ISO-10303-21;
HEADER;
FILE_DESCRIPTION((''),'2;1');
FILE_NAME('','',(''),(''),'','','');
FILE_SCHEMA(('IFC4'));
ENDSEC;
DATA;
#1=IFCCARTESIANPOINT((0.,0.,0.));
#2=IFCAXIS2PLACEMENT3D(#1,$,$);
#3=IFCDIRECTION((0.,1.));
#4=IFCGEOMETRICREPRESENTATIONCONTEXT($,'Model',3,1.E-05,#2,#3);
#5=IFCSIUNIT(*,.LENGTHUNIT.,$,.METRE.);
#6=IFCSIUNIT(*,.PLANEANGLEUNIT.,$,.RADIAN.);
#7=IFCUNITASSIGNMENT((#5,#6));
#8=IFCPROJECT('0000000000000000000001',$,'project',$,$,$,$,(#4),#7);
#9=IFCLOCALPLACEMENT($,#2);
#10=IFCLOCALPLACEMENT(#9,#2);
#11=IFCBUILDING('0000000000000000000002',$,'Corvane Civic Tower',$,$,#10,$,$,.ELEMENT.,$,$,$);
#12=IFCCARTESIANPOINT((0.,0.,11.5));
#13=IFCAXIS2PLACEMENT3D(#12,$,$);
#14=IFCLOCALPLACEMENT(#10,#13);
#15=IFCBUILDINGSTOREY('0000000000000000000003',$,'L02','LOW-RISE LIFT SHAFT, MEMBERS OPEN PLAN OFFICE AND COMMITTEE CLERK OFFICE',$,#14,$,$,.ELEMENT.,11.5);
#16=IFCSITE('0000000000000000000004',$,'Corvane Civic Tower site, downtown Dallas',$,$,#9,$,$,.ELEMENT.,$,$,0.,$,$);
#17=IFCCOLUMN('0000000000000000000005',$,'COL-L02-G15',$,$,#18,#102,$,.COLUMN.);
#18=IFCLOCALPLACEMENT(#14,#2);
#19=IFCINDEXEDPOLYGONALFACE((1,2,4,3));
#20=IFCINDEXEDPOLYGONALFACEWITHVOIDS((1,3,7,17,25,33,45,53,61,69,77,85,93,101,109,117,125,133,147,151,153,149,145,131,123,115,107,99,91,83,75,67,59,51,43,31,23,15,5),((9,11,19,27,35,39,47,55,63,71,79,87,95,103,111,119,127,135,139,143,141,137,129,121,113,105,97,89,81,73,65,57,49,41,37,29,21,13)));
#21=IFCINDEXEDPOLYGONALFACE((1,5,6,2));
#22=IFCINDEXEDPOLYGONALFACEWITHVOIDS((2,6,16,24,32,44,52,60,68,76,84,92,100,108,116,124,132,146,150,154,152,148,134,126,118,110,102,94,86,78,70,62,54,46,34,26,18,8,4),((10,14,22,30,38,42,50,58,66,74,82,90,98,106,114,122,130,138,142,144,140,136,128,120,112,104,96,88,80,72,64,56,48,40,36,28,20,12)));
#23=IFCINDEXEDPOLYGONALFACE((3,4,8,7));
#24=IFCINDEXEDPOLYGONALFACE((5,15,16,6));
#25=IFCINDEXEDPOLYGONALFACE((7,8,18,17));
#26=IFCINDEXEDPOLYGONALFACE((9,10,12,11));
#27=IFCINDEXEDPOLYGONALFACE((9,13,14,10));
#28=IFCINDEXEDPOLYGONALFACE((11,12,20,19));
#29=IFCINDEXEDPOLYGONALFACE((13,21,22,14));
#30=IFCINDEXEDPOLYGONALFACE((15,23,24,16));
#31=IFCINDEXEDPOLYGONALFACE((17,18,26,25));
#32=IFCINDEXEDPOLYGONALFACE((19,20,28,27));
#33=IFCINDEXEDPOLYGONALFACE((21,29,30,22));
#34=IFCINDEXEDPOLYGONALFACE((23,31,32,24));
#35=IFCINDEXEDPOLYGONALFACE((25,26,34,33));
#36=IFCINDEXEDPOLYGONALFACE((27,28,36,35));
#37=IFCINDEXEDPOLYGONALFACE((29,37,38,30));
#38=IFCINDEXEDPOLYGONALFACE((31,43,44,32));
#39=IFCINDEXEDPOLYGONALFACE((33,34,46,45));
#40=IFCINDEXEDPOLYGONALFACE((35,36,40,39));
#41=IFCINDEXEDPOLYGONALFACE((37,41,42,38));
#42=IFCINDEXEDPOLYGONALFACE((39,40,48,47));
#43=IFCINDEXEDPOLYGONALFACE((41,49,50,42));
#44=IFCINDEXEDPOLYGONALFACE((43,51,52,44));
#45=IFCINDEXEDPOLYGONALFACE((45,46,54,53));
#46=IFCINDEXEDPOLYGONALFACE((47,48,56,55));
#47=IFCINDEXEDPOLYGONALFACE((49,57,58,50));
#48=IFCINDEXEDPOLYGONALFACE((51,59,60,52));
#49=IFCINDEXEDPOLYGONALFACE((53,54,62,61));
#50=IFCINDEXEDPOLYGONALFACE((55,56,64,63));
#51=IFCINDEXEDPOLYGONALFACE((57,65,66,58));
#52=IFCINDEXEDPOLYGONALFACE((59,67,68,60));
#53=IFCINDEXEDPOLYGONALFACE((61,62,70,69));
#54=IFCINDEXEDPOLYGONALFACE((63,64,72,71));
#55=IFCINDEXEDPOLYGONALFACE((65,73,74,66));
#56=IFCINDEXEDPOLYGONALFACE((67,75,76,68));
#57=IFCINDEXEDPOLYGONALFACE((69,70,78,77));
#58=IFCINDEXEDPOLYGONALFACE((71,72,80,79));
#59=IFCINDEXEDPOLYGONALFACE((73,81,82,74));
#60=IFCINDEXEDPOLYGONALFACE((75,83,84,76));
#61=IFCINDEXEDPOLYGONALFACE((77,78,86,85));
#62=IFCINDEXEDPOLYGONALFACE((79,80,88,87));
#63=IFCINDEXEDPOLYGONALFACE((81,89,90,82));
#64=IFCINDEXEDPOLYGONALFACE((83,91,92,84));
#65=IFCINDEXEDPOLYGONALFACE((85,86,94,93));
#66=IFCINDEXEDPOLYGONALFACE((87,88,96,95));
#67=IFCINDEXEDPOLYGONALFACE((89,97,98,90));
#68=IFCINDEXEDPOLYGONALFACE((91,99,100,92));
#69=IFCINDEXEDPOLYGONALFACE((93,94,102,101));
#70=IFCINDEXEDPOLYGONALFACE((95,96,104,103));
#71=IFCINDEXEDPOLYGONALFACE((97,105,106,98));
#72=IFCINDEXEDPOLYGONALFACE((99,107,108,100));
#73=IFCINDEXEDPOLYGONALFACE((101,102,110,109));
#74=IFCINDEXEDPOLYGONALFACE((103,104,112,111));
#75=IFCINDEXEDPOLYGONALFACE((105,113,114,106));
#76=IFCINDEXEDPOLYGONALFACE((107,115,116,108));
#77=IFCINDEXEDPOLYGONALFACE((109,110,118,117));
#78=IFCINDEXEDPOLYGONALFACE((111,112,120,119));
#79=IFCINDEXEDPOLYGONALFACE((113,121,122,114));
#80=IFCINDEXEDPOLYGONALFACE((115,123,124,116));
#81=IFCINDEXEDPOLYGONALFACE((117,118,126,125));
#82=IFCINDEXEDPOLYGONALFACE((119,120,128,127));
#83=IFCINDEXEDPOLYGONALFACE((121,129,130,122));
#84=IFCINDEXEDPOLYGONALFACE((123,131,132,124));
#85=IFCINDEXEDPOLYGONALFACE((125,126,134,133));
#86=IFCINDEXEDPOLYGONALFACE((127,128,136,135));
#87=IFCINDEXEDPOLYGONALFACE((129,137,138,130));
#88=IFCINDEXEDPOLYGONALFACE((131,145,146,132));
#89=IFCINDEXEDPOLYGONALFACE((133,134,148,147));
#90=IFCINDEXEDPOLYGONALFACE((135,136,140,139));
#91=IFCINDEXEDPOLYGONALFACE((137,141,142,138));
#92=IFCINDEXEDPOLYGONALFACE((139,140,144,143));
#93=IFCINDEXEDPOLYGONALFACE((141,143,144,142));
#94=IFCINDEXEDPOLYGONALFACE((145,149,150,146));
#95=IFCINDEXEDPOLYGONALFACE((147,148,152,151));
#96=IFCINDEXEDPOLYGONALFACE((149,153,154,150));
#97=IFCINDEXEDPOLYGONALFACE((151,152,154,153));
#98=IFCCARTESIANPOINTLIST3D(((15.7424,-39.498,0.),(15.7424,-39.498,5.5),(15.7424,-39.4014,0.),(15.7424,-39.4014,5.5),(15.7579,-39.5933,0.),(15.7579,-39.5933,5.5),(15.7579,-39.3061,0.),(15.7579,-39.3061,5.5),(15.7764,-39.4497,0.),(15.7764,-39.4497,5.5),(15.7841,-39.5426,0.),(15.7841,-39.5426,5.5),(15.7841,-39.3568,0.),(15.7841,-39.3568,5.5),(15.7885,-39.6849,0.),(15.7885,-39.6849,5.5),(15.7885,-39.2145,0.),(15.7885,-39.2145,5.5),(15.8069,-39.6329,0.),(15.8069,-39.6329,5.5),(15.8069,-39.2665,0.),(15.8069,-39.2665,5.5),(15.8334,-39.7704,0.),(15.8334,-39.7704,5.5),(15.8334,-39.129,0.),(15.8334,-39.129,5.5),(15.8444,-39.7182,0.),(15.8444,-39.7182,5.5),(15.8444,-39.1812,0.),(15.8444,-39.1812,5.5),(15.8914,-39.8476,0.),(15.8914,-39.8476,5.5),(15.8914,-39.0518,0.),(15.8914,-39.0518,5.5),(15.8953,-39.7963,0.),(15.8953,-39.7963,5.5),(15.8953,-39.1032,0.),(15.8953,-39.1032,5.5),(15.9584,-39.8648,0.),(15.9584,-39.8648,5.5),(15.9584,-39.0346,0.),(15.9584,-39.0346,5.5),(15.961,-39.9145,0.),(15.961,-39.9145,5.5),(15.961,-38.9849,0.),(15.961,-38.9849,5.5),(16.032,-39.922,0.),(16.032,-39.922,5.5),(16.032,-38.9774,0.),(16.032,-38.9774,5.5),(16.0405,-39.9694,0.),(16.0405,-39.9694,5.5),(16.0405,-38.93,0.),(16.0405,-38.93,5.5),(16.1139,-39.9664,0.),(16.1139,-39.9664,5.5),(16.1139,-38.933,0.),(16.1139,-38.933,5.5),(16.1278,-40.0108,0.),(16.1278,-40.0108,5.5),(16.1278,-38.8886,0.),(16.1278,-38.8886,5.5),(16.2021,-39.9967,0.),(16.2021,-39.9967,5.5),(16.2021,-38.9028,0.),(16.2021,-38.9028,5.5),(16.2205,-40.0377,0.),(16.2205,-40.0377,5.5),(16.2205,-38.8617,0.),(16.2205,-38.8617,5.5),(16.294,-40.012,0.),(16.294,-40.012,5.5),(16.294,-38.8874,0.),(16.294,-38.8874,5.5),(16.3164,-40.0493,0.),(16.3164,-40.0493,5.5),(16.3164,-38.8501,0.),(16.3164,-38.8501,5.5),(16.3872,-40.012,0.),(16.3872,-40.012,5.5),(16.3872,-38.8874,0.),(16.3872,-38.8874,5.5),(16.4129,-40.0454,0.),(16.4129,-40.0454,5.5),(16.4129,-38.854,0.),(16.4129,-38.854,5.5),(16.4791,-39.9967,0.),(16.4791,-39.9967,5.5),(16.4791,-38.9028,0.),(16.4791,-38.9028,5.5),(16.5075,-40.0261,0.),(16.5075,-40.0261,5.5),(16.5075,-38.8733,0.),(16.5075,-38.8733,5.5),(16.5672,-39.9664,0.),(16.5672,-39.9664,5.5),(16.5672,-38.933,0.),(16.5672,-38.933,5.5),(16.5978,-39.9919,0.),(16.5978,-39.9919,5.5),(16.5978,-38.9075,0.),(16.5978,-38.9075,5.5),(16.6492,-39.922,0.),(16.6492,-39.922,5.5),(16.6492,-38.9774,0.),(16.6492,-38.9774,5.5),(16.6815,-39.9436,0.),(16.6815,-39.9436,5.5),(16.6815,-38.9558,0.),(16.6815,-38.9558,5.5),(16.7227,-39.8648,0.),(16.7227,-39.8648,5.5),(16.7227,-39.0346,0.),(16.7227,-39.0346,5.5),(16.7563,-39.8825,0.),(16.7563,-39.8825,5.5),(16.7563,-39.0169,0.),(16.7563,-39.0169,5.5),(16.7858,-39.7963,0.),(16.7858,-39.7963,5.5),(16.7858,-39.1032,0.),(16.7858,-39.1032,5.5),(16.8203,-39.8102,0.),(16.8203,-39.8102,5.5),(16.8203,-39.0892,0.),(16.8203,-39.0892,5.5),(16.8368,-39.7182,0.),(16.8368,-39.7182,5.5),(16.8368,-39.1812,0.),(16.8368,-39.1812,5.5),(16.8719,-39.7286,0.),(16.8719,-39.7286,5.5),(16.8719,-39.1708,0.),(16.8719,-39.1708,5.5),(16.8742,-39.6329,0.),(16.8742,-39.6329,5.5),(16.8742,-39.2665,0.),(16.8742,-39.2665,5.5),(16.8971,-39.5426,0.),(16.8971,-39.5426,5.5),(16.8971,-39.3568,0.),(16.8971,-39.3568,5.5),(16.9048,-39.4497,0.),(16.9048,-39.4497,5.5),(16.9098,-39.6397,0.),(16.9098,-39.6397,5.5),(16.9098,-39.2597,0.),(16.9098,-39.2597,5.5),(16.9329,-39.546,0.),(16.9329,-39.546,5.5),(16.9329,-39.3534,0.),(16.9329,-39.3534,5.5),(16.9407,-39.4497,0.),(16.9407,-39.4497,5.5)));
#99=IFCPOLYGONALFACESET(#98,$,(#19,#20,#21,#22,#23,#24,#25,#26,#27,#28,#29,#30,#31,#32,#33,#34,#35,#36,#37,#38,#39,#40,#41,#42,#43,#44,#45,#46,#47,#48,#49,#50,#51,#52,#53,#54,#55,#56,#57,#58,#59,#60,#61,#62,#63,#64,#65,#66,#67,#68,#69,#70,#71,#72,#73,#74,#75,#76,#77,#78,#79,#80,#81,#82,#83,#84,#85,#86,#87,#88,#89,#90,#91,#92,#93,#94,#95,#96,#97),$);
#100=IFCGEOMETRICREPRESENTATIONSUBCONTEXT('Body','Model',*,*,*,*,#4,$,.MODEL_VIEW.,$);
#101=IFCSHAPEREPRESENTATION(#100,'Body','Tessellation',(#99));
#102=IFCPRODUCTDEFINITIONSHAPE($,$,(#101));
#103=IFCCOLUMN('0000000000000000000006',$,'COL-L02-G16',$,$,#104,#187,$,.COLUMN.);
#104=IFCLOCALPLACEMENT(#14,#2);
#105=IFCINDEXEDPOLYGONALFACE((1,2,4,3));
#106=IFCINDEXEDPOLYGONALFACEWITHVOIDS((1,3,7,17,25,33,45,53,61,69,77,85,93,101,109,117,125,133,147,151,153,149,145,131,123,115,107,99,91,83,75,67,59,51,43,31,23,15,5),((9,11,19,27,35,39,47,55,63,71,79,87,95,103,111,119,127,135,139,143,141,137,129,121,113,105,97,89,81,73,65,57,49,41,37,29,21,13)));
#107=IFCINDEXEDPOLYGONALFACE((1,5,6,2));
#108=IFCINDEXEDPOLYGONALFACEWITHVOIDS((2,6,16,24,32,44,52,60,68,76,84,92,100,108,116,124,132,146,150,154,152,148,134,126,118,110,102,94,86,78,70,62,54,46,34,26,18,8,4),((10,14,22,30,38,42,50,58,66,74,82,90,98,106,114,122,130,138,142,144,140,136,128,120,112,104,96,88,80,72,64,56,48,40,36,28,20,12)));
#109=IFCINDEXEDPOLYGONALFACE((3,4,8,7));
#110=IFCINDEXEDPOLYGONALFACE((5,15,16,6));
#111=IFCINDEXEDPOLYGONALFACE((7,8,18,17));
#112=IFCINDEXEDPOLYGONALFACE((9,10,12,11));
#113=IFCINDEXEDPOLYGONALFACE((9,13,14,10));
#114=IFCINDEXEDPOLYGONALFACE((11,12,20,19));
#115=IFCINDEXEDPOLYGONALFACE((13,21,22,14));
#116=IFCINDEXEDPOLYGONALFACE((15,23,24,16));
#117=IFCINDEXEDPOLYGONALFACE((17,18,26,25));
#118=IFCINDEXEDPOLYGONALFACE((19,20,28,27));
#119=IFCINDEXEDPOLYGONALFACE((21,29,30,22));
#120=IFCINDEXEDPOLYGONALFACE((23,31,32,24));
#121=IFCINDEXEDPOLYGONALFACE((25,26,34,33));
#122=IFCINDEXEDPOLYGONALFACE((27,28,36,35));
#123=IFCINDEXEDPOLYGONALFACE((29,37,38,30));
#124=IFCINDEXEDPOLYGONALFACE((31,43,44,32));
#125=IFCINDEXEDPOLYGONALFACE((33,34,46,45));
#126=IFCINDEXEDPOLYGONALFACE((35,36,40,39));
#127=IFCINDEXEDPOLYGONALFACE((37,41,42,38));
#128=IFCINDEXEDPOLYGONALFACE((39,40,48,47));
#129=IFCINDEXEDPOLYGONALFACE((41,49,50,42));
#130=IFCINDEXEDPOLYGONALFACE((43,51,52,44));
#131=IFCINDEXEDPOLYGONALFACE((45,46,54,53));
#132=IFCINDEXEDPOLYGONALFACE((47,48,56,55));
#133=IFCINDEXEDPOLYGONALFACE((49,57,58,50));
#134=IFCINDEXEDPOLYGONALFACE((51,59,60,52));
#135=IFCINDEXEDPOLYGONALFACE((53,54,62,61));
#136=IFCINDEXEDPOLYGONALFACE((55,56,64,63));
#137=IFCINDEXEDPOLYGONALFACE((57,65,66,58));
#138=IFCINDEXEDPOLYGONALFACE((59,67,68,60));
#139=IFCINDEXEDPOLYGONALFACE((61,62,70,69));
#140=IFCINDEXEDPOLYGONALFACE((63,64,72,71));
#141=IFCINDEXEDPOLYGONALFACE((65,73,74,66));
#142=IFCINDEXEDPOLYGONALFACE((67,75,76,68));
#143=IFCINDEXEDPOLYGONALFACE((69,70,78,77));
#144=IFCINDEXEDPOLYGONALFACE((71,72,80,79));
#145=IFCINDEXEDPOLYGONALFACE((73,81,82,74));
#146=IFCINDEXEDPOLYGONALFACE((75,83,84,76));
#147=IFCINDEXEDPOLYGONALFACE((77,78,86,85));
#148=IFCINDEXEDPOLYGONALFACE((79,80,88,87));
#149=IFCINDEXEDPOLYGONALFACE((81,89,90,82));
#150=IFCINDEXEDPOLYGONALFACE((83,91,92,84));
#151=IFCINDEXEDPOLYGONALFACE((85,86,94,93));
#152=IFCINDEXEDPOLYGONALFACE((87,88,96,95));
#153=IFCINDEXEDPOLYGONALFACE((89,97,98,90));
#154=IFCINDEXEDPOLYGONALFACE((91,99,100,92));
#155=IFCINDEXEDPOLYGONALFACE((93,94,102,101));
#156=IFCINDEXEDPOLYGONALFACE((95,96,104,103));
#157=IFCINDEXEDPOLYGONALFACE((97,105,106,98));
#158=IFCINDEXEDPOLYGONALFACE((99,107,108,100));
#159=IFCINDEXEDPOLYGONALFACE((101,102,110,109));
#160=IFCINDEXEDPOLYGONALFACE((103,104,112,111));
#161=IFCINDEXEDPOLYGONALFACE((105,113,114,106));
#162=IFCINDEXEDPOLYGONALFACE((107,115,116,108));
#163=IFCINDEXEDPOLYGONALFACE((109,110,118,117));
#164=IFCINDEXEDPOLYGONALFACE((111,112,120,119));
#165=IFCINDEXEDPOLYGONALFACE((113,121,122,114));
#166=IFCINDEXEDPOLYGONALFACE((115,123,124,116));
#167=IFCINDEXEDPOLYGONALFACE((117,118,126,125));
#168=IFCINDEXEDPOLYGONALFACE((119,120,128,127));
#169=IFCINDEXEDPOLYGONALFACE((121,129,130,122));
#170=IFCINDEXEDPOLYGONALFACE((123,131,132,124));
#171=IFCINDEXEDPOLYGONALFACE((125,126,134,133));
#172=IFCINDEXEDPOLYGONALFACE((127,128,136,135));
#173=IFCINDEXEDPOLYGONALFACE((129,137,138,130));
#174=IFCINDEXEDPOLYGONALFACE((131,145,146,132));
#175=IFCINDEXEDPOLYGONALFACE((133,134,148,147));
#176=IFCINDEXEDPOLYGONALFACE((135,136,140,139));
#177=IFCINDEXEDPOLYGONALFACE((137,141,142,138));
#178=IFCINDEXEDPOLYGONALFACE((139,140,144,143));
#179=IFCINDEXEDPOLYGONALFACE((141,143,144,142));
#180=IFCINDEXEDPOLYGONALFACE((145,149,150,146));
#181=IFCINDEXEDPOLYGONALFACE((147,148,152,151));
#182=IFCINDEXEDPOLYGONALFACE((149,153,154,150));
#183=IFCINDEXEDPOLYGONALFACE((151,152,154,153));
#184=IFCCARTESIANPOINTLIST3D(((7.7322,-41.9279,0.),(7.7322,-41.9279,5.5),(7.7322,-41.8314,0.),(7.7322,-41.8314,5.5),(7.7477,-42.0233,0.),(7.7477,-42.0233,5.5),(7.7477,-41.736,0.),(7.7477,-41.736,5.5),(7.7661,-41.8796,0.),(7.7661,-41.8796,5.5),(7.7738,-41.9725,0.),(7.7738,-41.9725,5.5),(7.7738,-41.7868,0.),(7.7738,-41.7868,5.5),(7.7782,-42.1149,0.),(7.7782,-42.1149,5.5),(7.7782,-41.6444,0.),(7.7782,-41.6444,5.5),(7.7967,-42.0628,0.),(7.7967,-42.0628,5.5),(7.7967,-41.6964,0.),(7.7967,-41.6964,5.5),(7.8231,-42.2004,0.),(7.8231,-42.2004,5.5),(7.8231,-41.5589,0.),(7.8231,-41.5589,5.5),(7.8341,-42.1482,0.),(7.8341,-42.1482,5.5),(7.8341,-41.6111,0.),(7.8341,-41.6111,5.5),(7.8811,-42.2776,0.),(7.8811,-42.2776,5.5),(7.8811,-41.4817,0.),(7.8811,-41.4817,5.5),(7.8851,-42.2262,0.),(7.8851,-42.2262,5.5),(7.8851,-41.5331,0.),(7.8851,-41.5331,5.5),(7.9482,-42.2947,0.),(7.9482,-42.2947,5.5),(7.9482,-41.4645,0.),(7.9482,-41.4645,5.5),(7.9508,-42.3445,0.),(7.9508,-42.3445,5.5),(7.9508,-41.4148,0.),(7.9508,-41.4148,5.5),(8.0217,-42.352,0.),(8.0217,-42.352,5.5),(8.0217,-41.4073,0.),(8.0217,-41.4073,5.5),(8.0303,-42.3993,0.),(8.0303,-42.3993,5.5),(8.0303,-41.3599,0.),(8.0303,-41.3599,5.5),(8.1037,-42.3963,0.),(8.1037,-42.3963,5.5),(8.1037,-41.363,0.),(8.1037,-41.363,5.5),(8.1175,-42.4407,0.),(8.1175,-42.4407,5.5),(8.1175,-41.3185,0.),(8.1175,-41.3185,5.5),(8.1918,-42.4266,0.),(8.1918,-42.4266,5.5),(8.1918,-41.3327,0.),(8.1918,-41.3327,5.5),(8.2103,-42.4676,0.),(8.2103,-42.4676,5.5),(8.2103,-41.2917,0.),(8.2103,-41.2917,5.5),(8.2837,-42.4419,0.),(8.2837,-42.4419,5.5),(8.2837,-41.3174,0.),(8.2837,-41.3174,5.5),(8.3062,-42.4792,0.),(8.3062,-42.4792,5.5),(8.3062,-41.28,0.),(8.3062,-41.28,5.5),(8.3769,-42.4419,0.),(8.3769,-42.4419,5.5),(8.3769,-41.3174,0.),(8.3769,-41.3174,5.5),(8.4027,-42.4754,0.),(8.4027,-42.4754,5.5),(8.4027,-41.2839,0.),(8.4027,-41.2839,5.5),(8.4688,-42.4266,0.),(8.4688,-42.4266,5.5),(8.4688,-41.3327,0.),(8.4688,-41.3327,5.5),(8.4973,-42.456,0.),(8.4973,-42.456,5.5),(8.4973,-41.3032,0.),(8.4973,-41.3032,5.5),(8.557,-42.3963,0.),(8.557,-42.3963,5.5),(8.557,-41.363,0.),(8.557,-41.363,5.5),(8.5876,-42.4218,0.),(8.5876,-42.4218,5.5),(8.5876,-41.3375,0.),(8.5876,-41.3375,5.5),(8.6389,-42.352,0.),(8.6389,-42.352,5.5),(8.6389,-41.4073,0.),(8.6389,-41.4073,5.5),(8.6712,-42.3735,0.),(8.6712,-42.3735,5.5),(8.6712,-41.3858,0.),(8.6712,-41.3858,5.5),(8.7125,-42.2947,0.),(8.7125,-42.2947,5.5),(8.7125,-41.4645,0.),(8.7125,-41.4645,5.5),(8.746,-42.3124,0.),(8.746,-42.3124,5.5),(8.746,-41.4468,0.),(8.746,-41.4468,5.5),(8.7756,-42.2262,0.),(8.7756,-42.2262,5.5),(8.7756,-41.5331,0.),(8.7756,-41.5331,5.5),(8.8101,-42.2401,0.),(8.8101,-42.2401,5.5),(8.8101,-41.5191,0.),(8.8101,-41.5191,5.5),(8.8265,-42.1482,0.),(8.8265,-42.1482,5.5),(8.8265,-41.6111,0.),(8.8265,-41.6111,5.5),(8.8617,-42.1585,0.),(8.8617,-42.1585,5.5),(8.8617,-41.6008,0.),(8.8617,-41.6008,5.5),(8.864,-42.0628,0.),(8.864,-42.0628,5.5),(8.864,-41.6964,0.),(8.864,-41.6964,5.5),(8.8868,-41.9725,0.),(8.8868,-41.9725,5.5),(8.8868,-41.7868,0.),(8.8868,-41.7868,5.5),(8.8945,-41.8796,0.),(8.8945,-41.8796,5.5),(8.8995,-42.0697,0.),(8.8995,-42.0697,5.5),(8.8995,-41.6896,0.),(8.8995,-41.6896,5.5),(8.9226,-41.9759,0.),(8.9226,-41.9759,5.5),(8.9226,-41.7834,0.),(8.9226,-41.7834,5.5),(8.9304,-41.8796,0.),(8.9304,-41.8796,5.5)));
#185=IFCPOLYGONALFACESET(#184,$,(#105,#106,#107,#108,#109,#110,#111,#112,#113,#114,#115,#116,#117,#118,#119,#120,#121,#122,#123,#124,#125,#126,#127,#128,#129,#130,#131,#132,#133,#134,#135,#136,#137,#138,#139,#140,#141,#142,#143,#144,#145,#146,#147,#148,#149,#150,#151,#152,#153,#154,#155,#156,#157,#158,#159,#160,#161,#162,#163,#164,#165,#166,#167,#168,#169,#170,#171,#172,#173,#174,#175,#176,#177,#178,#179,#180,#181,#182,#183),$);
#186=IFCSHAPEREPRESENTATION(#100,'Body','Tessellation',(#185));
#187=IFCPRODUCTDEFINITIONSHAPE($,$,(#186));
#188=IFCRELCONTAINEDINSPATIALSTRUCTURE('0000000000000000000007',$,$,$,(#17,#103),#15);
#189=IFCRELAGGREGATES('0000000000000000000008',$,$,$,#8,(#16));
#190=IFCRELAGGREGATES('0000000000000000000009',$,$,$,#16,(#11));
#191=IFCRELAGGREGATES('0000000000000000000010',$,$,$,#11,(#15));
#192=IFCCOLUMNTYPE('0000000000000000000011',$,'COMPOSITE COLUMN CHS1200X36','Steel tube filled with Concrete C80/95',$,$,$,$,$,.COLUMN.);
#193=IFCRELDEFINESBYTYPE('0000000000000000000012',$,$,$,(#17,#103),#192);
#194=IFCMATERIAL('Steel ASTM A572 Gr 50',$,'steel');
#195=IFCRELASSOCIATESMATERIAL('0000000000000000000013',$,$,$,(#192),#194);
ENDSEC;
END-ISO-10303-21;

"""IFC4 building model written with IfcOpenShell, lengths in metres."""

from ifc_helpers import new_model, si_unit, direction, frame, origin, origin_2d, place, context, subcontext, project, spatial, hollow_circle, extrude, material, material_profile, profile_set, type_object, element, save


model = new_model("IFC4")

# Units and contexts
model_context = context("Model", 3, precision=1e-05, world=origin(), true_north=direction((0.0, 1.0)))
body_context = subcontext(model_context, "Body", "Model", "MODEL_VIEW")
ifc_project = project(units=[si_unit("LENGTHUNIT", "METRE"), si_unit("PLANEANGLEUNIT", "RADIAN")], contexts=[model_context])

# Site, building, storey
site_placement = place(None, origin())
site = spatial("IfcSite", under=ifc_project, at=site_placement, Name="Corvane Civic Tower site, downtown Dallas", CompositionType="ELEMENT", RefElevation=0.0)
building_placement = place(site_placement, origin())
building = spatial("IfcBuilding", under=site, at=building_placement, Name="Corvane Civic Tower", CompositionType="ELEMENT")
storey_placement = place(building_placement, frame((0.0, 0.0, 11.5)))
storey = spatial("IfcBuildingStorey", under=building, at=storey_placement, Name="L02", Description="LOW-RISE LIFT SHAFT, MEMBERS OPEN PLAN OFFICE AND COMMITTEE CLERK OFFICE", CompositionType="ELEMENT", Elevation=11.5)

# Columns
ifc_material_1 = material(Name="Steel ASTM A572 Gr 50", Category="steel")
ifc_material_profile_1 = material_profile(ifc_material_1, hollow_circle(Radius=0.6001, WallThickness=0.0359, at=origin_2d()), Name="CHS1200X36")
ifc_profile_set_1 = profile_set([ifc_material_profile_1], Name="Steel ASTM A572 Gr 50")
column_type_1 = type_object("IfcColumnType", Name="COMPOSITE COLUMN CHS1200X36", Description="Steel tube filled with Concrete C80/95", PredefinedType="COLUMN", material=ifc_profile_set_1)
for number, where, z_axis, x_axis, name in (
    (1, (16.3406, -39.4497, 0.0), (0.0, 0.0, 1.0), (1.0, 0.0, 0.0), "COL-L02-G15"),
    (2, (8.3303, -41.8796, 0.0), (0.0, 0.0, 1.0), (1.0, 0.0, 0.0), "COL-L02-G16"),
):
    element("IfcColumn", number, at=place(storey_placement, frame(where, z_axis=z_axis, x_axis=x_axis)), inside=storey, type_object=column_type_1, Name=name, PredefinedType="COLUMN", context=body_context, shape_type="SweptSolid", body=[
        extrude(hollow_circle(Radius=0.6001, WallThickness=0.0359, at=origin_2d()), origin(), (0.0, 0.0, 1.0), 5.5),
    ])

save(model, "model.ifc")
